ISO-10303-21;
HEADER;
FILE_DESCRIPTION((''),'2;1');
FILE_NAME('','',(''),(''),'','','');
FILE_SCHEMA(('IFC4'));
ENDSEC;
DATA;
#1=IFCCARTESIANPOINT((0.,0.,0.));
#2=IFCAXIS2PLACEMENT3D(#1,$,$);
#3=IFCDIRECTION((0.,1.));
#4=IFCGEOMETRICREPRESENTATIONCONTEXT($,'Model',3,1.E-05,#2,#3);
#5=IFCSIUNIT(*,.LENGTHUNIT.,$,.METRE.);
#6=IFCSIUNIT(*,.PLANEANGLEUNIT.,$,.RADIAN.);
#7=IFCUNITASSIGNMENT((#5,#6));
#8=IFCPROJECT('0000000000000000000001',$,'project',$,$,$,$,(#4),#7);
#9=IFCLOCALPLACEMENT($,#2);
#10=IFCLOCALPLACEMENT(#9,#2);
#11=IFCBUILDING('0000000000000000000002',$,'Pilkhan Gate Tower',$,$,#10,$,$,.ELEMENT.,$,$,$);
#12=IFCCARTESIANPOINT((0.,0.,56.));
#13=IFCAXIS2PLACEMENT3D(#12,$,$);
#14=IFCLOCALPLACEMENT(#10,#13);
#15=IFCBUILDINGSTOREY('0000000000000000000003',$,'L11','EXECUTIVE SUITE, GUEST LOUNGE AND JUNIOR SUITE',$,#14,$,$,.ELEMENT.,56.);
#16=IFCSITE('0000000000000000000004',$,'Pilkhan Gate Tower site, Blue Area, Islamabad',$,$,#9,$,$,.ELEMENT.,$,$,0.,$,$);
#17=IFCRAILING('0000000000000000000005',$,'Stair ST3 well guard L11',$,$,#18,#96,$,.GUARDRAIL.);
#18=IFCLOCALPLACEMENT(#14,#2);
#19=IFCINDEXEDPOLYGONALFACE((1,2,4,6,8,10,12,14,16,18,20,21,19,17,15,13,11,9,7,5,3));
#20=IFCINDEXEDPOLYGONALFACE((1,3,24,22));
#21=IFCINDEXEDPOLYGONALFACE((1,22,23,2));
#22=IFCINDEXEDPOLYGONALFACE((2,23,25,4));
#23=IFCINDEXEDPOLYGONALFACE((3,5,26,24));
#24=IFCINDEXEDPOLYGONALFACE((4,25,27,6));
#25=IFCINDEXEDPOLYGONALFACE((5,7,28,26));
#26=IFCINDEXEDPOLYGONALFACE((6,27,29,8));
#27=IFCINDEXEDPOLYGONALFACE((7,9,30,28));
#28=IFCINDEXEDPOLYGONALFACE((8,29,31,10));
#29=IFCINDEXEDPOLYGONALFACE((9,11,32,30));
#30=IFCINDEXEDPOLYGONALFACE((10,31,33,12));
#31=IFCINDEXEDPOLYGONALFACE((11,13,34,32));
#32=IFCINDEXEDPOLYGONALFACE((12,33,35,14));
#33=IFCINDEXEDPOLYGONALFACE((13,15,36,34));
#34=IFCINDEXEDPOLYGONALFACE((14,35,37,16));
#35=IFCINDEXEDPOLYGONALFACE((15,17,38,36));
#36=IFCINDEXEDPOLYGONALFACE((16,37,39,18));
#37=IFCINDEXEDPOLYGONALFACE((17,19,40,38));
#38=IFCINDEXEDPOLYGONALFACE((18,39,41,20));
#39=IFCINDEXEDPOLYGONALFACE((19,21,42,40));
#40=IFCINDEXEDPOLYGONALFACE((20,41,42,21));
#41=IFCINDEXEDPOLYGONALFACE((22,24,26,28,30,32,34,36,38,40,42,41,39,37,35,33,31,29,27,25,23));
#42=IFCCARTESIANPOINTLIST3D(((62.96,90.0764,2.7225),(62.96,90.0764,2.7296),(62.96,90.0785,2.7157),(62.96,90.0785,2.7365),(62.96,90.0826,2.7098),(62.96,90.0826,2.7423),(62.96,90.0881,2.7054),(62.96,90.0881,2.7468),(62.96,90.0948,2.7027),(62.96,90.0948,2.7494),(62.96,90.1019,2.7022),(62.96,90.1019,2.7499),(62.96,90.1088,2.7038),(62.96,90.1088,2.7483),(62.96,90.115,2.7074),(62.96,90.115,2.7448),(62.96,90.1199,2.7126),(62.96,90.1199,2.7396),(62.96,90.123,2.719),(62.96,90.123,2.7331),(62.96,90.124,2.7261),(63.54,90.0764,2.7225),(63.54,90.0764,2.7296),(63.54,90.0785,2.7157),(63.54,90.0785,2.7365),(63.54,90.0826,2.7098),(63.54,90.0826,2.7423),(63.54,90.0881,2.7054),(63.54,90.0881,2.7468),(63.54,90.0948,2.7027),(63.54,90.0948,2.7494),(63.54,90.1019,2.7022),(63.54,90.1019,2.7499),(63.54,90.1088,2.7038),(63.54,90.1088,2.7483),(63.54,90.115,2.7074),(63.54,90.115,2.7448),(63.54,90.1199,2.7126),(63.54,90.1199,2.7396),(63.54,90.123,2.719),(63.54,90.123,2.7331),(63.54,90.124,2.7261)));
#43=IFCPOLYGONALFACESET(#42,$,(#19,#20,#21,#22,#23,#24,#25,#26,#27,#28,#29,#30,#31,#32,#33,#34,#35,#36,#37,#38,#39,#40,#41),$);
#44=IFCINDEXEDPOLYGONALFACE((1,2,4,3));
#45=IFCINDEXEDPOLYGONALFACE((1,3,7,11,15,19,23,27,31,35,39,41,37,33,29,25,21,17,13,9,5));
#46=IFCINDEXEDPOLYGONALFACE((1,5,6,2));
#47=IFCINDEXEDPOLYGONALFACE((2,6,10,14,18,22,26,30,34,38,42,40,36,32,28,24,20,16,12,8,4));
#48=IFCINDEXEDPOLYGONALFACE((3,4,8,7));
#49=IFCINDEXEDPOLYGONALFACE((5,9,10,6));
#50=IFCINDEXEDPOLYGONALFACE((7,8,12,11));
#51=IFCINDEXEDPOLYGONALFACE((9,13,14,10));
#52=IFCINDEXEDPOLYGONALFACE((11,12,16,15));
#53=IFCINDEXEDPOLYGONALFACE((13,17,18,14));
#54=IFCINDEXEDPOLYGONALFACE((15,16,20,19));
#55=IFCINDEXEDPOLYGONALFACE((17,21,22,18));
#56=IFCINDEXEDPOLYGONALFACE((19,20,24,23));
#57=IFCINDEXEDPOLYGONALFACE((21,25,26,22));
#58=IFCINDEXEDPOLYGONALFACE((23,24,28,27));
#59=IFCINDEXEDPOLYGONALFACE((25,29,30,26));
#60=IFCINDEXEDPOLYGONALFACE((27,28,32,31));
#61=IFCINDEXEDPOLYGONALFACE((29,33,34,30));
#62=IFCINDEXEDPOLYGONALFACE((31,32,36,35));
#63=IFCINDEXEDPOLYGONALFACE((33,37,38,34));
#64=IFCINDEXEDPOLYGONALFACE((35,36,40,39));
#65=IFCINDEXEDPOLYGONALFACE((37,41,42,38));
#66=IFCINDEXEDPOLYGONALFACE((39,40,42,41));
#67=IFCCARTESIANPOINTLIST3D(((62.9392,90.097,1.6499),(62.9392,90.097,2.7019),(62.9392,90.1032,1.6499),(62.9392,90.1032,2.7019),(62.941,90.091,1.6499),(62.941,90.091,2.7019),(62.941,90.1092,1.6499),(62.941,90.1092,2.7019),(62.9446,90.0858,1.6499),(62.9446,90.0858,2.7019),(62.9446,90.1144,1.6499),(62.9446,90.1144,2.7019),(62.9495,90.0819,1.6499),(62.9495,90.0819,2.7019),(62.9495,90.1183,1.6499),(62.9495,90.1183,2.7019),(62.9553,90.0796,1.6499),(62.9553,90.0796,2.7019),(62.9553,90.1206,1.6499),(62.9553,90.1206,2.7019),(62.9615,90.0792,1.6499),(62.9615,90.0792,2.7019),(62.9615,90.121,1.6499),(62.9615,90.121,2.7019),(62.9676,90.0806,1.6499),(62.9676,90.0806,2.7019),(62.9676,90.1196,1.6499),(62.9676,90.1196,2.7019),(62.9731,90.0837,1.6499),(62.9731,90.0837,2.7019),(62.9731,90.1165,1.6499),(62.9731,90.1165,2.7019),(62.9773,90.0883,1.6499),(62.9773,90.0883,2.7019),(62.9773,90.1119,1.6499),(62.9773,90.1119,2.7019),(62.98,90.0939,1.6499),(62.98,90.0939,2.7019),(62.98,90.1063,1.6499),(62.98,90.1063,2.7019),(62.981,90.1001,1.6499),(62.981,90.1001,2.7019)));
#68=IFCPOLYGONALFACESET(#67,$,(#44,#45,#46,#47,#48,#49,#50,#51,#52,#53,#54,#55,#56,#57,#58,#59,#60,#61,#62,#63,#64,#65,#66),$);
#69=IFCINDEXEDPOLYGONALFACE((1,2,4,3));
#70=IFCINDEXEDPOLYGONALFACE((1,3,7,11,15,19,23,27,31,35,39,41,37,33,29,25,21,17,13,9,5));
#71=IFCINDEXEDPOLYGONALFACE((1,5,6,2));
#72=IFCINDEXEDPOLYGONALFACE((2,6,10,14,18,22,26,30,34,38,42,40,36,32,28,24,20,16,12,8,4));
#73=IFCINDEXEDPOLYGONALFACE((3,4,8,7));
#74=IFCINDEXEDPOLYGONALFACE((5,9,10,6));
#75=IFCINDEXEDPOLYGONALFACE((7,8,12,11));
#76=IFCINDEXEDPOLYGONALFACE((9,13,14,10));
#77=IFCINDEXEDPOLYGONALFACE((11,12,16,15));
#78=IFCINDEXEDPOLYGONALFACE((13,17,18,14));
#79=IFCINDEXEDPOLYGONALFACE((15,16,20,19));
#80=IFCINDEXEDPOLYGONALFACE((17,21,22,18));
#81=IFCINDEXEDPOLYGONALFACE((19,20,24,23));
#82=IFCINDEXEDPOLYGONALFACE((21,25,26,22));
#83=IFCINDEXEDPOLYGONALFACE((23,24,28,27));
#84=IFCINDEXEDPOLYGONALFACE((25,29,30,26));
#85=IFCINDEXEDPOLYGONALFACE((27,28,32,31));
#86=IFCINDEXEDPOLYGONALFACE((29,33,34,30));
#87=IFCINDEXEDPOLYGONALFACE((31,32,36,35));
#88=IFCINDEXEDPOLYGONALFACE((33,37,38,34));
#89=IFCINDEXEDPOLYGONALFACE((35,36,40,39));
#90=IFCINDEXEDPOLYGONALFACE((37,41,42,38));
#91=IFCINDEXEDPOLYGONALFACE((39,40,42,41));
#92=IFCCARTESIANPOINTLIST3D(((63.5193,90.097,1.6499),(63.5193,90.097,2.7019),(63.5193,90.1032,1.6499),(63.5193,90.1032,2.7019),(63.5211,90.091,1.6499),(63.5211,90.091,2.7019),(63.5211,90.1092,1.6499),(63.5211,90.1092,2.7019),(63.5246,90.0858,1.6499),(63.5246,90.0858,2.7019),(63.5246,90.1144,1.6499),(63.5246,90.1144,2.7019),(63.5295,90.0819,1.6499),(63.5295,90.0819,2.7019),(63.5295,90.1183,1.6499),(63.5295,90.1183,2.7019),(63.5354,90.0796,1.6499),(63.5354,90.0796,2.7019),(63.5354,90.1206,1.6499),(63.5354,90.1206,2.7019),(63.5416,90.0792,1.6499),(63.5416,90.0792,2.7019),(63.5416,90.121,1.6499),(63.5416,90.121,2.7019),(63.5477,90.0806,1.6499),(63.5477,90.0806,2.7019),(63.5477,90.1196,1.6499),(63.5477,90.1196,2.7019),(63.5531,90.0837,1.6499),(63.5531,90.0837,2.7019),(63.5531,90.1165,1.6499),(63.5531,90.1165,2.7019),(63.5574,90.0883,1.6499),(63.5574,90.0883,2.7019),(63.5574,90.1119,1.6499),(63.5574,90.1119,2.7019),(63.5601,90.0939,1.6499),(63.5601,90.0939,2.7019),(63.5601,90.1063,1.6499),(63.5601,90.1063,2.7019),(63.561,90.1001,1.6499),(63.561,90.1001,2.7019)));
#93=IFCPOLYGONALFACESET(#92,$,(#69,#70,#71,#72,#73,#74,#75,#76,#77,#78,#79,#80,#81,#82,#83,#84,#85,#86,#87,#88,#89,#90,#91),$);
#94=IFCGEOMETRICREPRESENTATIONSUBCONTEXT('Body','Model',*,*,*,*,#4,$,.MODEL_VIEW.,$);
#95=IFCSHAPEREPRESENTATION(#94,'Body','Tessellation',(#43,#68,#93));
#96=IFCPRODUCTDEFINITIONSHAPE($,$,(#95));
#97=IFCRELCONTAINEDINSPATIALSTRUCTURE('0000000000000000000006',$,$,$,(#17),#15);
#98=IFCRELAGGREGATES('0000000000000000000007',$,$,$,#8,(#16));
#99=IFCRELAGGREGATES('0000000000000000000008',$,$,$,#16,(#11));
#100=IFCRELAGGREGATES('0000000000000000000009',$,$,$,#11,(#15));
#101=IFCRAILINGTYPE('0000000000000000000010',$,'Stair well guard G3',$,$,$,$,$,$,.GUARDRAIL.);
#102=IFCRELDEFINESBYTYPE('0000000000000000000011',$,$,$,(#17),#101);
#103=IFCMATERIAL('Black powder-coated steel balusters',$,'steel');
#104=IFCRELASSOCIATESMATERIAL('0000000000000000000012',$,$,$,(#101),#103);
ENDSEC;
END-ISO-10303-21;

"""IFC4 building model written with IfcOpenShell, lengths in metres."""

from ifc_helpers import new_model, si_unit, direction, frame, origin, origin_2d, place, context, subcontext, project, spatial, circle, extrude, material, type_object, element, save


model = new_model("IFC4")

# Units and contexts
model_context = context("Model", 3, precision=1e-05, world=origin(), true_north=direction((0.0, 1.0)))
body_context = subcontext(model_context, "Body", "Model", "MODEL_VIEW")
ifc_project = project(units=[si_unit("LENGTHUNIT", "METRE"), si_unit("PLANEANGLEUNIT", "RADIAN")], contexts=[model_context])

# Site, building, storey
site_placement = place(None, origin())
site = spatial("IfcSite", under=ifc_project, at=site_placement, Name="Pilkhan Gate Tower site, Blue Area, Islamabad", CompositionType="ELEMENT", RefElevation=0.0)
building_placement = place(site_placement, origin())
building = spatial("IfcBuilding", under=site, at=building_placement, Name="Pilkhan Gate Tower", CompositionType="ELEMENT")
storey_placement = place(building_placement, frame((0.0, 0.0, 56.0)))
storey = spatial("IfcBuildingStorey", under=building, at=storey_placement, Name="L11", Description="EXECUTIVE SUITE, GUEST LOUNGE AND JUNIOR SUITE", CompositionType="ELEMENT", Elevation=56.0)

# Railing
ifc_material_1 = material(Name="Black powder-coated steel balusters", Category="steel")
railing_type_1 = type_object("IfcRailingType", Name="Stair well guard G3", PredefinedType="GUARDRAIL", material=ifc_material_1)
for number, where, name in (
    (1, (62.96, 90.1001, 1.6499), "Stair ST3 well guard L11"),
):
    element("IfcRailing", number, at=place(storey_placement, frame(where)), inside=storey, type_object=railing_type_1, Name=name, PredefinedType="GUARDRAIL", context=body_context, shape_type="SweptSolid", body=[
        extrude(circle(Radius=0.0239, at=origin_2d()), frame((0.0, 0.0, 1.0762), z_axis=(1.0, 0.0, 0.0), x_axis=(0.0, 1.0, 0.0)), (0.0, 0.0, 1.0), 0.5801),
        extrude(circle(Radius=0.021, at=origin_2d()), origin(), (0.0, 0.0, 1.0), 1.052),
        extrude(circle(Radius=0.021, at=origin_2d()), frame((0.5801, 0.0, 0.0)), (0.0, 0.0, 1.0), 1.052),
    ])

save(model, "model.ifc")
